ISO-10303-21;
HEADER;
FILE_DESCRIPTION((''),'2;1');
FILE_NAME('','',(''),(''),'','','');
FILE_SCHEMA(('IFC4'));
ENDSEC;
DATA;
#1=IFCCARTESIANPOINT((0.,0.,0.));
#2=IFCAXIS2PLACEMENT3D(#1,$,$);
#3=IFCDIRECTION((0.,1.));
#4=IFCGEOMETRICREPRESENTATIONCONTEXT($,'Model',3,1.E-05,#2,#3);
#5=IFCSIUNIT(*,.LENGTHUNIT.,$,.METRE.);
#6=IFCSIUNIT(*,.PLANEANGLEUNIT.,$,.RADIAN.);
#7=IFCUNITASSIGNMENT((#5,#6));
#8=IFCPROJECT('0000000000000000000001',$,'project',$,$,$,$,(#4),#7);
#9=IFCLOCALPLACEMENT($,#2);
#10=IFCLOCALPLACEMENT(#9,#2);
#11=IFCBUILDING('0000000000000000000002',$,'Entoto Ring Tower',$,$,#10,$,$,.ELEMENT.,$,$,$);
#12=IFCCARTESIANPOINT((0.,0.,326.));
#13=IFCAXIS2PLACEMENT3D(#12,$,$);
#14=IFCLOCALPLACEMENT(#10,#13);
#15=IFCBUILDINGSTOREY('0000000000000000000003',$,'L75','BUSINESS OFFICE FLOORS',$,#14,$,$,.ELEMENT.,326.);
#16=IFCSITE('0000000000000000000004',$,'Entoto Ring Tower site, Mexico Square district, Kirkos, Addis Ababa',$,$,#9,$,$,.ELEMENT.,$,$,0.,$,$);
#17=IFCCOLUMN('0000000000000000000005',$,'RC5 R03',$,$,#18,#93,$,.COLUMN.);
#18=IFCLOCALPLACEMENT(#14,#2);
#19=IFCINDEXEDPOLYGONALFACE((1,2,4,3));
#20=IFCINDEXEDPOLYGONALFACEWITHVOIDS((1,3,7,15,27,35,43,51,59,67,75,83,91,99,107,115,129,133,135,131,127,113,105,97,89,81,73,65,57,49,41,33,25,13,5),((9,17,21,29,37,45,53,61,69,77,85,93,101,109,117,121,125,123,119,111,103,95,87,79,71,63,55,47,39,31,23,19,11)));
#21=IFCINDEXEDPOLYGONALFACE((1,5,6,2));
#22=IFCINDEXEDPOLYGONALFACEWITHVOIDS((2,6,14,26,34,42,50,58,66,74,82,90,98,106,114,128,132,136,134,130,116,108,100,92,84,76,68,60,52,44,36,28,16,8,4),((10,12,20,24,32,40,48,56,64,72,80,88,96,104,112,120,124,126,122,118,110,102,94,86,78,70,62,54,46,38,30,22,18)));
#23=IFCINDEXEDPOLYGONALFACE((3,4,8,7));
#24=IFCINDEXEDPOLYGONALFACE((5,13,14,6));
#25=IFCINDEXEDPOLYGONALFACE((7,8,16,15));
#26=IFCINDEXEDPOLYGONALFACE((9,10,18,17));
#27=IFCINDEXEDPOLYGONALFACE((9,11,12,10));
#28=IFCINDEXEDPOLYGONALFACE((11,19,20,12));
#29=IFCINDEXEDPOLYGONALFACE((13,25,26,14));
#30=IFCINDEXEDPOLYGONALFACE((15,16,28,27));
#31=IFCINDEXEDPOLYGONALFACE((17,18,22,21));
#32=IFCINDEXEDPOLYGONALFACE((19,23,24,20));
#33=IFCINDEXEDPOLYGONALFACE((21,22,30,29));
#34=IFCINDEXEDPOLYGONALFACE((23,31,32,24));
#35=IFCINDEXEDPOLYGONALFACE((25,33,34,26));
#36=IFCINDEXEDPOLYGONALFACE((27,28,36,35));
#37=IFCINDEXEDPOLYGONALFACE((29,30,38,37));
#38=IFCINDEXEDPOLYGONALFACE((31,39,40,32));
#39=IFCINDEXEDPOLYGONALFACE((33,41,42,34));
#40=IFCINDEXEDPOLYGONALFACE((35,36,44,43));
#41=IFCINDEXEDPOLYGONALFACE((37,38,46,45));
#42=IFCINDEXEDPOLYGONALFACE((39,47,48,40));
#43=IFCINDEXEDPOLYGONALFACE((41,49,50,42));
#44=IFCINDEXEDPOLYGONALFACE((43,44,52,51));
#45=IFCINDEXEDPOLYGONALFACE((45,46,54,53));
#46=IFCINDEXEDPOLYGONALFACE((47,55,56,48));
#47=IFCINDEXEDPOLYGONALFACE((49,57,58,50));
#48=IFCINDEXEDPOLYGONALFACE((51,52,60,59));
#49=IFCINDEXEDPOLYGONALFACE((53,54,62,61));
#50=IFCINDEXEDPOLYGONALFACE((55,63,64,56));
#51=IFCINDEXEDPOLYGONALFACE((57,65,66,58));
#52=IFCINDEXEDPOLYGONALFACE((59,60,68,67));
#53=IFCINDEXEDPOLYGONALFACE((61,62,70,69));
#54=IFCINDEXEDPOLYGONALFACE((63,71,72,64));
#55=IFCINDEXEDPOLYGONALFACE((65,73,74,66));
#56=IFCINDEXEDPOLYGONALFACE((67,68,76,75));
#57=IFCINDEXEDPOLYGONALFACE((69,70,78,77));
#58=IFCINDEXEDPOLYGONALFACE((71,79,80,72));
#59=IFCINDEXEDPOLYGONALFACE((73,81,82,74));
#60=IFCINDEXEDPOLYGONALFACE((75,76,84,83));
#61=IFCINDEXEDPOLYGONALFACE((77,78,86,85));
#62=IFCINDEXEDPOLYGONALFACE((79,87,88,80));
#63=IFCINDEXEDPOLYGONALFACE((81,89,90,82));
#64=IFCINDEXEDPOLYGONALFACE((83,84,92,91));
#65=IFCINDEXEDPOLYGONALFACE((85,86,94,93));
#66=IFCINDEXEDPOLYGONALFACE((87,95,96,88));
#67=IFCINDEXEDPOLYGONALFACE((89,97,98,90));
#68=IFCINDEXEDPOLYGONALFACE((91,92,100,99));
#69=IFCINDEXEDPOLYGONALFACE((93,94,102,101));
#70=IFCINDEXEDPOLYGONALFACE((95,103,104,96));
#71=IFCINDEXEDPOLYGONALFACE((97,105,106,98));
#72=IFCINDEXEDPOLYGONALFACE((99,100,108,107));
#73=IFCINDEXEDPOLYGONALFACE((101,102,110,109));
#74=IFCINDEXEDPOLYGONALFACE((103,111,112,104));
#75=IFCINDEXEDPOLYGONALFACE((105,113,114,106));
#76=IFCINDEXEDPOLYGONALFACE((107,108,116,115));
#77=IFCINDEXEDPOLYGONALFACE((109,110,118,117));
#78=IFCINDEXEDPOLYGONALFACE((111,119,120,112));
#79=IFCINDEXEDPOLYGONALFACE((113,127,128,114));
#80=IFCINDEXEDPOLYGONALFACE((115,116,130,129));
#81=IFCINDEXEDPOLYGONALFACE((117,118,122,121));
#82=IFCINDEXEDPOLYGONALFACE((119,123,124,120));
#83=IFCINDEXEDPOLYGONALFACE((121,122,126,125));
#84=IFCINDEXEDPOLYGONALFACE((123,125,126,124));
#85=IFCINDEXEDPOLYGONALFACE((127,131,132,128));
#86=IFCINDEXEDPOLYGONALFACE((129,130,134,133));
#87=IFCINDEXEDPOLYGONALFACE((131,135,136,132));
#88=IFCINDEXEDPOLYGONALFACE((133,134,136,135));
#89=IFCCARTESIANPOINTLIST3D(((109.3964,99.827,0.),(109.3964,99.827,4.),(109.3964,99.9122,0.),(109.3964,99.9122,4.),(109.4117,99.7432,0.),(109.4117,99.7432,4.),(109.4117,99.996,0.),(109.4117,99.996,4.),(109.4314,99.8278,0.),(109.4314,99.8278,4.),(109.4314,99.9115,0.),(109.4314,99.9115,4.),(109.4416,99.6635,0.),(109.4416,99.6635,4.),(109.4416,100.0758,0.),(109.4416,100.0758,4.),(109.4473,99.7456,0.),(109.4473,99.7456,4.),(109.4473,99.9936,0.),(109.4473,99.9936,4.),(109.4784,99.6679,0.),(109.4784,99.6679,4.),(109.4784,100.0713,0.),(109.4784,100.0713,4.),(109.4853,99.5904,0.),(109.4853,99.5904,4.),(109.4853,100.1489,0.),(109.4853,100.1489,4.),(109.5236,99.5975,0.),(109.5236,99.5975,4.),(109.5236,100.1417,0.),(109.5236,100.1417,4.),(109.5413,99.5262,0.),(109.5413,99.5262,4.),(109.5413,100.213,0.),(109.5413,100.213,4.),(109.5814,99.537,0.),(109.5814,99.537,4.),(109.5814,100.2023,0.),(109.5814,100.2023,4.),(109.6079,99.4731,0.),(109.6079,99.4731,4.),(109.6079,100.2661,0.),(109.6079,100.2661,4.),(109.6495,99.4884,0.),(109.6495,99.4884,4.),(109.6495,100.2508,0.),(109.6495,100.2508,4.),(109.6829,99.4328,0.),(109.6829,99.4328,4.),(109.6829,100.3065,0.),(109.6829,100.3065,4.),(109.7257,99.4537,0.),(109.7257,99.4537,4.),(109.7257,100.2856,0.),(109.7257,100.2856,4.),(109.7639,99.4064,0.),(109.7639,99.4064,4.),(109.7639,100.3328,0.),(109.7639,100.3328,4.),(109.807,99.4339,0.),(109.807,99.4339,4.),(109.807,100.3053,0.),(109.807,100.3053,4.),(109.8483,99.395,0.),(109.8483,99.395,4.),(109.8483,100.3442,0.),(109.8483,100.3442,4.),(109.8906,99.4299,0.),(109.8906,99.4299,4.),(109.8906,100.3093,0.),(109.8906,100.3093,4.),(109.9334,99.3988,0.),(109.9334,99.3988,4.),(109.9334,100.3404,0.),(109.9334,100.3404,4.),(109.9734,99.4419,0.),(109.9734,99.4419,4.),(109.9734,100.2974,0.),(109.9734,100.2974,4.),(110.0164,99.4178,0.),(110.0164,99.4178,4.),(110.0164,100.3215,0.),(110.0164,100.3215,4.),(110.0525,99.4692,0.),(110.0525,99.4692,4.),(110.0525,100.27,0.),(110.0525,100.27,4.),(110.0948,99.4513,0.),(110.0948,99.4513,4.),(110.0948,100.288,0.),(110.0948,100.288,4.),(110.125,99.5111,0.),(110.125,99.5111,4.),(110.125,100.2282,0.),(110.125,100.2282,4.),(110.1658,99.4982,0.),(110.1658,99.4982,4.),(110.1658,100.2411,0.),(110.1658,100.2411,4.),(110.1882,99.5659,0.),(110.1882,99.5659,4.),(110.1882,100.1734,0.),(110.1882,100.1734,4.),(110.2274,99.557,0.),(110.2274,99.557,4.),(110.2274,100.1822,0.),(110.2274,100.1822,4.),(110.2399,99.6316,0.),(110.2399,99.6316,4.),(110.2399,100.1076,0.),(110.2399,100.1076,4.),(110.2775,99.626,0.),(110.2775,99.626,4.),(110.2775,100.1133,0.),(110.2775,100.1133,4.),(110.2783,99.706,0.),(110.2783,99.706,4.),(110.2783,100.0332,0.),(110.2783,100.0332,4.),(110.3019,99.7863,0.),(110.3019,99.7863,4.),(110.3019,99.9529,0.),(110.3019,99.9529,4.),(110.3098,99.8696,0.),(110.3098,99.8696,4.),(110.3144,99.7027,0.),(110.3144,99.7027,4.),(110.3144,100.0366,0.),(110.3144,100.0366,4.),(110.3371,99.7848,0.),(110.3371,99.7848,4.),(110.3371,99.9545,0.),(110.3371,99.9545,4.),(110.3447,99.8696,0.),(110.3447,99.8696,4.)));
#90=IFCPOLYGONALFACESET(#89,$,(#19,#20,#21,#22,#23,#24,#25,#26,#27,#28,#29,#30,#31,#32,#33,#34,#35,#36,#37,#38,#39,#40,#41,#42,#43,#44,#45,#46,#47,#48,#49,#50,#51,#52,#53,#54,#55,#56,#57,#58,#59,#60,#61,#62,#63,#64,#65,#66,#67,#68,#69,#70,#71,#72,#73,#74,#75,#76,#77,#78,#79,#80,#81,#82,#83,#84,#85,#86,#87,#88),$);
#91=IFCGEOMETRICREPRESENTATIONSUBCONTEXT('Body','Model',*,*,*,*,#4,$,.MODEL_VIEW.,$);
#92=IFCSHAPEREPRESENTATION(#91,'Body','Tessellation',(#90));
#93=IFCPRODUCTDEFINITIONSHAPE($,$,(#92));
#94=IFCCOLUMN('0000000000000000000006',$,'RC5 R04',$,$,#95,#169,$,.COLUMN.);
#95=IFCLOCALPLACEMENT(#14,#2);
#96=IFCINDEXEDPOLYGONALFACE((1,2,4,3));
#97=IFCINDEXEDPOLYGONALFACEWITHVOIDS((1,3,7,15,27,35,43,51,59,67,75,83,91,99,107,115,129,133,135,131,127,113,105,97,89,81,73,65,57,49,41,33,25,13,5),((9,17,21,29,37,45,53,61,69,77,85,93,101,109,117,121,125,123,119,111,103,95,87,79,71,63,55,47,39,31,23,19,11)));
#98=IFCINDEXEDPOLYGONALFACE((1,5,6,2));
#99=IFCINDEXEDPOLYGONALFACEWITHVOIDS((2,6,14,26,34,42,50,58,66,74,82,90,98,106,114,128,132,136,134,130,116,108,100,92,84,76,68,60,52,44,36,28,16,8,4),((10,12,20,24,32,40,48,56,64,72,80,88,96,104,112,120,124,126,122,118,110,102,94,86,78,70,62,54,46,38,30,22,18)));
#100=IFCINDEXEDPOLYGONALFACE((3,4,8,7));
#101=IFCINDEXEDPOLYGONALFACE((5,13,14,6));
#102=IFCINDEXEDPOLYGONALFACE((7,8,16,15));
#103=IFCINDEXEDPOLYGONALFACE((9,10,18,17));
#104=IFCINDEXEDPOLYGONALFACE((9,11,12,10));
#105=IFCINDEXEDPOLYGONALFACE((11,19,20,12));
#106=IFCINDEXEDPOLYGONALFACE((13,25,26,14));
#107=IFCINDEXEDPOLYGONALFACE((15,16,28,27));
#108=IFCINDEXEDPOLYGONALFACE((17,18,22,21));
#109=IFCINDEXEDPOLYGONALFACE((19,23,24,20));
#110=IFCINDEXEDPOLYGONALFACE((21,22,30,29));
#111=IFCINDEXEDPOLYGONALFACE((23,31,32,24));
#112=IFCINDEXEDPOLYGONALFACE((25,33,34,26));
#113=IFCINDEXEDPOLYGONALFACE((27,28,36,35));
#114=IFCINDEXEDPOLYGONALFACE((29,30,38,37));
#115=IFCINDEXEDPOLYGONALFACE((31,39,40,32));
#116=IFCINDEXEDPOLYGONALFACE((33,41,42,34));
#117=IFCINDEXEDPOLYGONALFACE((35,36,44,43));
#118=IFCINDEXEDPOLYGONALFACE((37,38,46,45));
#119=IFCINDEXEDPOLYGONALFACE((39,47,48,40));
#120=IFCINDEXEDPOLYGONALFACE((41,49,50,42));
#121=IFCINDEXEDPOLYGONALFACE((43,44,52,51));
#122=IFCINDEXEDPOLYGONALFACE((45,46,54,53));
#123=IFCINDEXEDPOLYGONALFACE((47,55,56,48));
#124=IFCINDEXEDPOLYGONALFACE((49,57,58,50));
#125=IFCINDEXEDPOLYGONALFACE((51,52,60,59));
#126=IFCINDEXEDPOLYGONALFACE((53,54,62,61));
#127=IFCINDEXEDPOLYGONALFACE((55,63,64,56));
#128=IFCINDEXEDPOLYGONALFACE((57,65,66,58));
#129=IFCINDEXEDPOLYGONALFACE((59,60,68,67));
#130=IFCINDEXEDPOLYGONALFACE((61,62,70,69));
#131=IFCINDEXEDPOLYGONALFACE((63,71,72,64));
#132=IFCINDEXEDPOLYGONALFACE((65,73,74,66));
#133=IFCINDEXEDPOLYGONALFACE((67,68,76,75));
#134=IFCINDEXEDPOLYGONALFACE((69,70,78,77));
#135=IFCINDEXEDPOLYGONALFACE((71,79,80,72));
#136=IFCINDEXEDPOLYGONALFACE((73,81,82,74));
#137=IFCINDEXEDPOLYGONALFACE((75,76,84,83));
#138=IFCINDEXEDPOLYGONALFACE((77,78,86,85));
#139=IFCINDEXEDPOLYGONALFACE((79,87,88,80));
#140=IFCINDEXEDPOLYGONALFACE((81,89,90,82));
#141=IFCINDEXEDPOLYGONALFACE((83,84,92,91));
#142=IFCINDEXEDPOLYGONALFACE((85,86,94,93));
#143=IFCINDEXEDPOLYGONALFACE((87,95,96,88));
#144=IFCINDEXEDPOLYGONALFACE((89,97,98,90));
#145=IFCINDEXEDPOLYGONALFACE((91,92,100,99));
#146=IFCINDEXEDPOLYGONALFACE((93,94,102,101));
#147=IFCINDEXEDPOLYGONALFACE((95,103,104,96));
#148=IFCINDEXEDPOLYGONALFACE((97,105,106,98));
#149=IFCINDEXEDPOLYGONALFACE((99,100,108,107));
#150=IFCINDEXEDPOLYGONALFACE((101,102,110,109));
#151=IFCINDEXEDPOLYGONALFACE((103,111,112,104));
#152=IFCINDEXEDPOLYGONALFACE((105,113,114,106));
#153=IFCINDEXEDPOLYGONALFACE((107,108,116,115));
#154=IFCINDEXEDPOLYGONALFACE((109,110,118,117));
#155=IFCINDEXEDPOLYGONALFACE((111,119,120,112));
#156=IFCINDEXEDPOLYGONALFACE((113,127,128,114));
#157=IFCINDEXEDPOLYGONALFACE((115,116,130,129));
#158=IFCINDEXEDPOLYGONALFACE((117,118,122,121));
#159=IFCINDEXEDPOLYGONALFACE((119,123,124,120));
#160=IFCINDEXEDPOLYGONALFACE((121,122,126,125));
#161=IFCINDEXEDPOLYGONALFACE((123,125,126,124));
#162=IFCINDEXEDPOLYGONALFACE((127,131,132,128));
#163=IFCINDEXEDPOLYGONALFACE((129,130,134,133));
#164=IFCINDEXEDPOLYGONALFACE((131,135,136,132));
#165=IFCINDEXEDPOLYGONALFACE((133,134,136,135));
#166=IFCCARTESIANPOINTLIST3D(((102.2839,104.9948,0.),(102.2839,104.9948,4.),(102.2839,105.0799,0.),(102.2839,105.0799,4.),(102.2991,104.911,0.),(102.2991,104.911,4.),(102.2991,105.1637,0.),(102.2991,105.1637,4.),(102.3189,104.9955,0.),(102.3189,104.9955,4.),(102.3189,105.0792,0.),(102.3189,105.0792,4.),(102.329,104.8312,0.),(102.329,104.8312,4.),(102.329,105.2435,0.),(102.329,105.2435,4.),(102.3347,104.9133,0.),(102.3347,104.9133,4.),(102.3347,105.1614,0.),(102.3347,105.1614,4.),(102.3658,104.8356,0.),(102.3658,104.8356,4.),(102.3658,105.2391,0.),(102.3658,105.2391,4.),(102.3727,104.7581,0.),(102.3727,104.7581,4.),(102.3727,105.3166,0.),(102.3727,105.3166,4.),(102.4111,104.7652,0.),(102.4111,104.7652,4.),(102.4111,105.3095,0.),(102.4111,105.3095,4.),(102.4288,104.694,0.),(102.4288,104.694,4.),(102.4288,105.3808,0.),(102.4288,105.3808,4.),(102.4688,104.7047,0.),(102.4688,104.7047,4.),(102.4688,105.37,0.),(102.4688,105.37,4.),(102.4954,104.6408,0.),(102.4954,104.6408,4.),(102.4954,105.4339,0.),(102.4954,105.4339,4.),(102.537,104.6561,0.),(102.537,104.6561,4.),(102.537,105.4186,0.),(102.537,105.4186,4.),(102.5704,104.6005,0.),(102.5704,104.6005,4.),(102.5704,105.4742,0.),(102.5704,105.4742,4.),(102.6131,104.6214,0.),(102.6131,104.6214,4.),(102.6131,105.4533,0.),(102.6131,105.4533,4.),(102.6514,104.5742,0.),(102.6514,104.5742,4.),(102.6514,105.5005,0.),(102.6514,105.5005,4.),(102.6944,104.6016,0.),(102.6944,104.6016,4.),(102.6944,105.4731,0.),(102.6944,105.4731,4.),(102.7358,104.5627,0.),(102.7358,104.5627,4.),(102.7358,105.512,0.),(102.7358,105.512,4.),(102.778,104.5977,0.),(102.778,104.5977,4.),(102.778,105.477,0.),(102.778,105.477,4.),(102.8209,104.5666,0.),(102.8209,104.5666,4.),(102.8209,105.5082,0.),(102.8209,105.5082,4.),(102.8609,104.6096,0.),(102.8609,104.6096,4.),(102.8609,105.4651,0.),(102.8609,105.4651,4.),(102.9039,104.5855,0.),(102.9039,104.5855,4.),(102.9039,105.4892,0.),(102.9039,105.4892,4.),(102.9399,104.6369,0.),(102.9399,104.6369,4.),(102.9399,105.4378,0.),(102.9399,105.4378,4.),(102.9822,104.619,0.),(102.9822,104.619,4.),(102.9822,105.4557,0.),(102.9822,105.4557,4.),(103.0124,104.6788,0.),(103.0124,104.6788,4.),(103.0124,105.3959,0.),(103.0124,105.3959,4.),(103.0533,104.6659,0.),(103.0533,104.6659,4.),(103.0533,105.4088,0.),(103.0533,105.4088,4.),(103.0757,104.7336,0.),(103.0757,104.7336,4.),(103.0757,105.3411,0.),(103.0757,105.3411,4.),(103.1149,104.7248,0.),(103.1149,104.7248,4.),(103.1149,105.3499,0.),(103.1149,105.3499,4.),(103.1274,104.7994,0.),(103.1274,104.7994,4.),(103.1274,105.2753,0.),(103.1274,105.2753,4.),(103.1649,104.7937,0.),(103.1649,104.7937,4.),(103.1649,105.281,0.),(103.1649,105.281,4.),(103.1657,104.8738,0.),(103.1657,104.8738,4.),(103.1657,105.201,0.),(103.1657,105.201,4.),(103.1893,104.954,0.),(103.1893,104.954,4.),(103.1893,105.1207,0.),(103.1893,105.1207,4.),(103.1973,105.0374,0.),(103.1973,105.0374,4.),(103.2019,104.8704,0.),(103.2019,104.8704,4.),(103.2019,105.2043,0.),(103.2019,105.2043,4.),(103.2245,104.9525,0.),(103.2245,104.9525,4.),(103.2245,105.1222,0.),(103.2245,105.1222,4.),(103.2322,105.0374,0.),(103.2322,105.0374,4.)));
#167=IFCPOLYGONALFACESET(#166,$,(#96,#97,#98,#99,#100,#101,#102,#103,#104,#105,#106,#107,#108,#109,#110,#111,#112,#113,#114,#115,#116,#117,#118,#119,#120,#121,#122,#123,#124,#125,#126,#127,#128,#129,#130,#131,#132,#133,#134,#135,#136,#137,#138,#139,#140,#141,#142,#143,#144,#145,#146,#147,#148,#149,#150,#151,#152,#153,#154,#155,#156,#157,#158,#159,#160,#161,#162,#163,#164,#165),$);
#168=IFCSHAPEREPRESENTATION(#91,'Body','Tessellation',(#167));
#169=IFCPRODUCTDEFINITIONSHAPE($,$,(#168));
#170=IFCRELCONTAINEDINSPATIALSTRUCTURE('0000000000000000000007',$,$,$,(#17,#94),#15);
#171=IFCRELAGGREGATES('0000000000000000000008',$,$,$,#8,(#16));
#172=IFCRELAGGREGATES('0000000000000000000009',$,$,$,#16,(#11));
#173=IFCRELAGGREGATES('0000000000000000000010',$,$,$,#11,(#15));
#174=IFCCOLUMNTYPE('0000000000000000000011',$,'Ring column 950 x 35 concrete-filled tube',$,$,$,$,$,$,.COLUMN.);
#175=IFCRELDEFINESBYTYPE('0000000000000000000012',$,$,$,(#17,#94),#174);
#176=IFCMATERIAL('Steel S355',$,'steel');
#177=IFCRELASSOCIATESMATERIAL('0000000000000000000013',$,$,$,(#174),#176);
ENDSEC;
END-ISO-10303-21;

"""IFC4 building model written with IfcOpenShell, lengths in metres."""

from ifc_helpers import new_model, si_unit, direction, frame, origin, origin_2d, place, context, subcontext, project, spatial, circle, hollow_circle, extrude, material, material_profile, profile_set, type_object, element, save


model = new_model("IFC4")

# Units and contexts
model_context = context("Model", 3, precision=1e-05, world=origin(), true_north=direction((0.0, 1.0)))
body_context = subcontext(model_context, "Body", "Model", "MODEL_VIEW")
ifc_project = project(units=[si_unit("LENGTHUNIT", "METRE"), si_unit("PLANEANGLEUNIT", "RADIAN")], contexts=[model_context])

# Site, building, storey
site_placement = place(None, origin())
site = spatial("IfcSite", under=ifc_project, at=site_placement, Name="Entoto Ring Tower site, Mexico Square district, Kirkos, Addis Ababa", CompositionType="ELEMENT", RefElevation=0.0)
building_placement = place(site_placement, origin())
building = spatial("IfcBuilding", under=site, at=building_placement, Name="Entoto Ring Tower", CompositionType="ELEMENT")
storey_placement = place(building_placement, frame((0.0, 0.0, 326.0)))
storey = spatial("IfcBuildingStorey", under=building, at=storey_placement, Name="L75", Description="BUSINESS OFFICE FLOORS", CompositionType="ELEMENT", Elevation=326.0)

# Columns
ifc_material_1 = material(Name="Steel S355", Category="steel")
ifc_material_profile_1 = material_profile(ifc_material_1, hollow_circle(Radius=0.4751, WallThickness=0.0349, at=origin_2d()), Name="CHS 950 x 35")
ifc_material_2 = material(Name="Concrete C60/75", Category="concrete")
ifc_material_profile_2 = material_profile(ifc_material_2, circle(Radius=0.4399, at=origin_2d()), Name="Concrete C60/75 infill")
ifc_profile_set_1 = profile_set([ifc_material_profile_1, ifc_material_profile_2], Name="Steel S355")
column_type = type_object("IfcColumnType", Name="Ring column 950 x 35 concrete-filled tube", PredefinedType="COLUMN", material=ifc_profile_set_1)
for number, where, z_axis, x_axis, name in (
    (1, (109.8696, 99.8696, 0.0), (0.0, 0.0, 1.0), (1.0, 0.0, 0.0), "RC5 R03"),
    (2, (102.7571, 105.0374, 0.0), (0.0, 0.0, 1.0), (1.0, 0.0, 0.0), "RC5 R04"),
):
    element("IfcColumn", number, at=place(storey_placement, frame(where, z_axis=z_axis, x_axis=x_axis)), inside=storey, type_object=column_type, Name=name, PredefinedType="COLUMN", context=body_context, shape_type="SweptSolid", body=[
        extrude(hollow_circle(Radius=0.4751, WallThickness=0.0349, at=origin_2d()), origin(), (0.0, 0.0, 1.0), 4.0),
    ])

save(model, "model.ifc")
